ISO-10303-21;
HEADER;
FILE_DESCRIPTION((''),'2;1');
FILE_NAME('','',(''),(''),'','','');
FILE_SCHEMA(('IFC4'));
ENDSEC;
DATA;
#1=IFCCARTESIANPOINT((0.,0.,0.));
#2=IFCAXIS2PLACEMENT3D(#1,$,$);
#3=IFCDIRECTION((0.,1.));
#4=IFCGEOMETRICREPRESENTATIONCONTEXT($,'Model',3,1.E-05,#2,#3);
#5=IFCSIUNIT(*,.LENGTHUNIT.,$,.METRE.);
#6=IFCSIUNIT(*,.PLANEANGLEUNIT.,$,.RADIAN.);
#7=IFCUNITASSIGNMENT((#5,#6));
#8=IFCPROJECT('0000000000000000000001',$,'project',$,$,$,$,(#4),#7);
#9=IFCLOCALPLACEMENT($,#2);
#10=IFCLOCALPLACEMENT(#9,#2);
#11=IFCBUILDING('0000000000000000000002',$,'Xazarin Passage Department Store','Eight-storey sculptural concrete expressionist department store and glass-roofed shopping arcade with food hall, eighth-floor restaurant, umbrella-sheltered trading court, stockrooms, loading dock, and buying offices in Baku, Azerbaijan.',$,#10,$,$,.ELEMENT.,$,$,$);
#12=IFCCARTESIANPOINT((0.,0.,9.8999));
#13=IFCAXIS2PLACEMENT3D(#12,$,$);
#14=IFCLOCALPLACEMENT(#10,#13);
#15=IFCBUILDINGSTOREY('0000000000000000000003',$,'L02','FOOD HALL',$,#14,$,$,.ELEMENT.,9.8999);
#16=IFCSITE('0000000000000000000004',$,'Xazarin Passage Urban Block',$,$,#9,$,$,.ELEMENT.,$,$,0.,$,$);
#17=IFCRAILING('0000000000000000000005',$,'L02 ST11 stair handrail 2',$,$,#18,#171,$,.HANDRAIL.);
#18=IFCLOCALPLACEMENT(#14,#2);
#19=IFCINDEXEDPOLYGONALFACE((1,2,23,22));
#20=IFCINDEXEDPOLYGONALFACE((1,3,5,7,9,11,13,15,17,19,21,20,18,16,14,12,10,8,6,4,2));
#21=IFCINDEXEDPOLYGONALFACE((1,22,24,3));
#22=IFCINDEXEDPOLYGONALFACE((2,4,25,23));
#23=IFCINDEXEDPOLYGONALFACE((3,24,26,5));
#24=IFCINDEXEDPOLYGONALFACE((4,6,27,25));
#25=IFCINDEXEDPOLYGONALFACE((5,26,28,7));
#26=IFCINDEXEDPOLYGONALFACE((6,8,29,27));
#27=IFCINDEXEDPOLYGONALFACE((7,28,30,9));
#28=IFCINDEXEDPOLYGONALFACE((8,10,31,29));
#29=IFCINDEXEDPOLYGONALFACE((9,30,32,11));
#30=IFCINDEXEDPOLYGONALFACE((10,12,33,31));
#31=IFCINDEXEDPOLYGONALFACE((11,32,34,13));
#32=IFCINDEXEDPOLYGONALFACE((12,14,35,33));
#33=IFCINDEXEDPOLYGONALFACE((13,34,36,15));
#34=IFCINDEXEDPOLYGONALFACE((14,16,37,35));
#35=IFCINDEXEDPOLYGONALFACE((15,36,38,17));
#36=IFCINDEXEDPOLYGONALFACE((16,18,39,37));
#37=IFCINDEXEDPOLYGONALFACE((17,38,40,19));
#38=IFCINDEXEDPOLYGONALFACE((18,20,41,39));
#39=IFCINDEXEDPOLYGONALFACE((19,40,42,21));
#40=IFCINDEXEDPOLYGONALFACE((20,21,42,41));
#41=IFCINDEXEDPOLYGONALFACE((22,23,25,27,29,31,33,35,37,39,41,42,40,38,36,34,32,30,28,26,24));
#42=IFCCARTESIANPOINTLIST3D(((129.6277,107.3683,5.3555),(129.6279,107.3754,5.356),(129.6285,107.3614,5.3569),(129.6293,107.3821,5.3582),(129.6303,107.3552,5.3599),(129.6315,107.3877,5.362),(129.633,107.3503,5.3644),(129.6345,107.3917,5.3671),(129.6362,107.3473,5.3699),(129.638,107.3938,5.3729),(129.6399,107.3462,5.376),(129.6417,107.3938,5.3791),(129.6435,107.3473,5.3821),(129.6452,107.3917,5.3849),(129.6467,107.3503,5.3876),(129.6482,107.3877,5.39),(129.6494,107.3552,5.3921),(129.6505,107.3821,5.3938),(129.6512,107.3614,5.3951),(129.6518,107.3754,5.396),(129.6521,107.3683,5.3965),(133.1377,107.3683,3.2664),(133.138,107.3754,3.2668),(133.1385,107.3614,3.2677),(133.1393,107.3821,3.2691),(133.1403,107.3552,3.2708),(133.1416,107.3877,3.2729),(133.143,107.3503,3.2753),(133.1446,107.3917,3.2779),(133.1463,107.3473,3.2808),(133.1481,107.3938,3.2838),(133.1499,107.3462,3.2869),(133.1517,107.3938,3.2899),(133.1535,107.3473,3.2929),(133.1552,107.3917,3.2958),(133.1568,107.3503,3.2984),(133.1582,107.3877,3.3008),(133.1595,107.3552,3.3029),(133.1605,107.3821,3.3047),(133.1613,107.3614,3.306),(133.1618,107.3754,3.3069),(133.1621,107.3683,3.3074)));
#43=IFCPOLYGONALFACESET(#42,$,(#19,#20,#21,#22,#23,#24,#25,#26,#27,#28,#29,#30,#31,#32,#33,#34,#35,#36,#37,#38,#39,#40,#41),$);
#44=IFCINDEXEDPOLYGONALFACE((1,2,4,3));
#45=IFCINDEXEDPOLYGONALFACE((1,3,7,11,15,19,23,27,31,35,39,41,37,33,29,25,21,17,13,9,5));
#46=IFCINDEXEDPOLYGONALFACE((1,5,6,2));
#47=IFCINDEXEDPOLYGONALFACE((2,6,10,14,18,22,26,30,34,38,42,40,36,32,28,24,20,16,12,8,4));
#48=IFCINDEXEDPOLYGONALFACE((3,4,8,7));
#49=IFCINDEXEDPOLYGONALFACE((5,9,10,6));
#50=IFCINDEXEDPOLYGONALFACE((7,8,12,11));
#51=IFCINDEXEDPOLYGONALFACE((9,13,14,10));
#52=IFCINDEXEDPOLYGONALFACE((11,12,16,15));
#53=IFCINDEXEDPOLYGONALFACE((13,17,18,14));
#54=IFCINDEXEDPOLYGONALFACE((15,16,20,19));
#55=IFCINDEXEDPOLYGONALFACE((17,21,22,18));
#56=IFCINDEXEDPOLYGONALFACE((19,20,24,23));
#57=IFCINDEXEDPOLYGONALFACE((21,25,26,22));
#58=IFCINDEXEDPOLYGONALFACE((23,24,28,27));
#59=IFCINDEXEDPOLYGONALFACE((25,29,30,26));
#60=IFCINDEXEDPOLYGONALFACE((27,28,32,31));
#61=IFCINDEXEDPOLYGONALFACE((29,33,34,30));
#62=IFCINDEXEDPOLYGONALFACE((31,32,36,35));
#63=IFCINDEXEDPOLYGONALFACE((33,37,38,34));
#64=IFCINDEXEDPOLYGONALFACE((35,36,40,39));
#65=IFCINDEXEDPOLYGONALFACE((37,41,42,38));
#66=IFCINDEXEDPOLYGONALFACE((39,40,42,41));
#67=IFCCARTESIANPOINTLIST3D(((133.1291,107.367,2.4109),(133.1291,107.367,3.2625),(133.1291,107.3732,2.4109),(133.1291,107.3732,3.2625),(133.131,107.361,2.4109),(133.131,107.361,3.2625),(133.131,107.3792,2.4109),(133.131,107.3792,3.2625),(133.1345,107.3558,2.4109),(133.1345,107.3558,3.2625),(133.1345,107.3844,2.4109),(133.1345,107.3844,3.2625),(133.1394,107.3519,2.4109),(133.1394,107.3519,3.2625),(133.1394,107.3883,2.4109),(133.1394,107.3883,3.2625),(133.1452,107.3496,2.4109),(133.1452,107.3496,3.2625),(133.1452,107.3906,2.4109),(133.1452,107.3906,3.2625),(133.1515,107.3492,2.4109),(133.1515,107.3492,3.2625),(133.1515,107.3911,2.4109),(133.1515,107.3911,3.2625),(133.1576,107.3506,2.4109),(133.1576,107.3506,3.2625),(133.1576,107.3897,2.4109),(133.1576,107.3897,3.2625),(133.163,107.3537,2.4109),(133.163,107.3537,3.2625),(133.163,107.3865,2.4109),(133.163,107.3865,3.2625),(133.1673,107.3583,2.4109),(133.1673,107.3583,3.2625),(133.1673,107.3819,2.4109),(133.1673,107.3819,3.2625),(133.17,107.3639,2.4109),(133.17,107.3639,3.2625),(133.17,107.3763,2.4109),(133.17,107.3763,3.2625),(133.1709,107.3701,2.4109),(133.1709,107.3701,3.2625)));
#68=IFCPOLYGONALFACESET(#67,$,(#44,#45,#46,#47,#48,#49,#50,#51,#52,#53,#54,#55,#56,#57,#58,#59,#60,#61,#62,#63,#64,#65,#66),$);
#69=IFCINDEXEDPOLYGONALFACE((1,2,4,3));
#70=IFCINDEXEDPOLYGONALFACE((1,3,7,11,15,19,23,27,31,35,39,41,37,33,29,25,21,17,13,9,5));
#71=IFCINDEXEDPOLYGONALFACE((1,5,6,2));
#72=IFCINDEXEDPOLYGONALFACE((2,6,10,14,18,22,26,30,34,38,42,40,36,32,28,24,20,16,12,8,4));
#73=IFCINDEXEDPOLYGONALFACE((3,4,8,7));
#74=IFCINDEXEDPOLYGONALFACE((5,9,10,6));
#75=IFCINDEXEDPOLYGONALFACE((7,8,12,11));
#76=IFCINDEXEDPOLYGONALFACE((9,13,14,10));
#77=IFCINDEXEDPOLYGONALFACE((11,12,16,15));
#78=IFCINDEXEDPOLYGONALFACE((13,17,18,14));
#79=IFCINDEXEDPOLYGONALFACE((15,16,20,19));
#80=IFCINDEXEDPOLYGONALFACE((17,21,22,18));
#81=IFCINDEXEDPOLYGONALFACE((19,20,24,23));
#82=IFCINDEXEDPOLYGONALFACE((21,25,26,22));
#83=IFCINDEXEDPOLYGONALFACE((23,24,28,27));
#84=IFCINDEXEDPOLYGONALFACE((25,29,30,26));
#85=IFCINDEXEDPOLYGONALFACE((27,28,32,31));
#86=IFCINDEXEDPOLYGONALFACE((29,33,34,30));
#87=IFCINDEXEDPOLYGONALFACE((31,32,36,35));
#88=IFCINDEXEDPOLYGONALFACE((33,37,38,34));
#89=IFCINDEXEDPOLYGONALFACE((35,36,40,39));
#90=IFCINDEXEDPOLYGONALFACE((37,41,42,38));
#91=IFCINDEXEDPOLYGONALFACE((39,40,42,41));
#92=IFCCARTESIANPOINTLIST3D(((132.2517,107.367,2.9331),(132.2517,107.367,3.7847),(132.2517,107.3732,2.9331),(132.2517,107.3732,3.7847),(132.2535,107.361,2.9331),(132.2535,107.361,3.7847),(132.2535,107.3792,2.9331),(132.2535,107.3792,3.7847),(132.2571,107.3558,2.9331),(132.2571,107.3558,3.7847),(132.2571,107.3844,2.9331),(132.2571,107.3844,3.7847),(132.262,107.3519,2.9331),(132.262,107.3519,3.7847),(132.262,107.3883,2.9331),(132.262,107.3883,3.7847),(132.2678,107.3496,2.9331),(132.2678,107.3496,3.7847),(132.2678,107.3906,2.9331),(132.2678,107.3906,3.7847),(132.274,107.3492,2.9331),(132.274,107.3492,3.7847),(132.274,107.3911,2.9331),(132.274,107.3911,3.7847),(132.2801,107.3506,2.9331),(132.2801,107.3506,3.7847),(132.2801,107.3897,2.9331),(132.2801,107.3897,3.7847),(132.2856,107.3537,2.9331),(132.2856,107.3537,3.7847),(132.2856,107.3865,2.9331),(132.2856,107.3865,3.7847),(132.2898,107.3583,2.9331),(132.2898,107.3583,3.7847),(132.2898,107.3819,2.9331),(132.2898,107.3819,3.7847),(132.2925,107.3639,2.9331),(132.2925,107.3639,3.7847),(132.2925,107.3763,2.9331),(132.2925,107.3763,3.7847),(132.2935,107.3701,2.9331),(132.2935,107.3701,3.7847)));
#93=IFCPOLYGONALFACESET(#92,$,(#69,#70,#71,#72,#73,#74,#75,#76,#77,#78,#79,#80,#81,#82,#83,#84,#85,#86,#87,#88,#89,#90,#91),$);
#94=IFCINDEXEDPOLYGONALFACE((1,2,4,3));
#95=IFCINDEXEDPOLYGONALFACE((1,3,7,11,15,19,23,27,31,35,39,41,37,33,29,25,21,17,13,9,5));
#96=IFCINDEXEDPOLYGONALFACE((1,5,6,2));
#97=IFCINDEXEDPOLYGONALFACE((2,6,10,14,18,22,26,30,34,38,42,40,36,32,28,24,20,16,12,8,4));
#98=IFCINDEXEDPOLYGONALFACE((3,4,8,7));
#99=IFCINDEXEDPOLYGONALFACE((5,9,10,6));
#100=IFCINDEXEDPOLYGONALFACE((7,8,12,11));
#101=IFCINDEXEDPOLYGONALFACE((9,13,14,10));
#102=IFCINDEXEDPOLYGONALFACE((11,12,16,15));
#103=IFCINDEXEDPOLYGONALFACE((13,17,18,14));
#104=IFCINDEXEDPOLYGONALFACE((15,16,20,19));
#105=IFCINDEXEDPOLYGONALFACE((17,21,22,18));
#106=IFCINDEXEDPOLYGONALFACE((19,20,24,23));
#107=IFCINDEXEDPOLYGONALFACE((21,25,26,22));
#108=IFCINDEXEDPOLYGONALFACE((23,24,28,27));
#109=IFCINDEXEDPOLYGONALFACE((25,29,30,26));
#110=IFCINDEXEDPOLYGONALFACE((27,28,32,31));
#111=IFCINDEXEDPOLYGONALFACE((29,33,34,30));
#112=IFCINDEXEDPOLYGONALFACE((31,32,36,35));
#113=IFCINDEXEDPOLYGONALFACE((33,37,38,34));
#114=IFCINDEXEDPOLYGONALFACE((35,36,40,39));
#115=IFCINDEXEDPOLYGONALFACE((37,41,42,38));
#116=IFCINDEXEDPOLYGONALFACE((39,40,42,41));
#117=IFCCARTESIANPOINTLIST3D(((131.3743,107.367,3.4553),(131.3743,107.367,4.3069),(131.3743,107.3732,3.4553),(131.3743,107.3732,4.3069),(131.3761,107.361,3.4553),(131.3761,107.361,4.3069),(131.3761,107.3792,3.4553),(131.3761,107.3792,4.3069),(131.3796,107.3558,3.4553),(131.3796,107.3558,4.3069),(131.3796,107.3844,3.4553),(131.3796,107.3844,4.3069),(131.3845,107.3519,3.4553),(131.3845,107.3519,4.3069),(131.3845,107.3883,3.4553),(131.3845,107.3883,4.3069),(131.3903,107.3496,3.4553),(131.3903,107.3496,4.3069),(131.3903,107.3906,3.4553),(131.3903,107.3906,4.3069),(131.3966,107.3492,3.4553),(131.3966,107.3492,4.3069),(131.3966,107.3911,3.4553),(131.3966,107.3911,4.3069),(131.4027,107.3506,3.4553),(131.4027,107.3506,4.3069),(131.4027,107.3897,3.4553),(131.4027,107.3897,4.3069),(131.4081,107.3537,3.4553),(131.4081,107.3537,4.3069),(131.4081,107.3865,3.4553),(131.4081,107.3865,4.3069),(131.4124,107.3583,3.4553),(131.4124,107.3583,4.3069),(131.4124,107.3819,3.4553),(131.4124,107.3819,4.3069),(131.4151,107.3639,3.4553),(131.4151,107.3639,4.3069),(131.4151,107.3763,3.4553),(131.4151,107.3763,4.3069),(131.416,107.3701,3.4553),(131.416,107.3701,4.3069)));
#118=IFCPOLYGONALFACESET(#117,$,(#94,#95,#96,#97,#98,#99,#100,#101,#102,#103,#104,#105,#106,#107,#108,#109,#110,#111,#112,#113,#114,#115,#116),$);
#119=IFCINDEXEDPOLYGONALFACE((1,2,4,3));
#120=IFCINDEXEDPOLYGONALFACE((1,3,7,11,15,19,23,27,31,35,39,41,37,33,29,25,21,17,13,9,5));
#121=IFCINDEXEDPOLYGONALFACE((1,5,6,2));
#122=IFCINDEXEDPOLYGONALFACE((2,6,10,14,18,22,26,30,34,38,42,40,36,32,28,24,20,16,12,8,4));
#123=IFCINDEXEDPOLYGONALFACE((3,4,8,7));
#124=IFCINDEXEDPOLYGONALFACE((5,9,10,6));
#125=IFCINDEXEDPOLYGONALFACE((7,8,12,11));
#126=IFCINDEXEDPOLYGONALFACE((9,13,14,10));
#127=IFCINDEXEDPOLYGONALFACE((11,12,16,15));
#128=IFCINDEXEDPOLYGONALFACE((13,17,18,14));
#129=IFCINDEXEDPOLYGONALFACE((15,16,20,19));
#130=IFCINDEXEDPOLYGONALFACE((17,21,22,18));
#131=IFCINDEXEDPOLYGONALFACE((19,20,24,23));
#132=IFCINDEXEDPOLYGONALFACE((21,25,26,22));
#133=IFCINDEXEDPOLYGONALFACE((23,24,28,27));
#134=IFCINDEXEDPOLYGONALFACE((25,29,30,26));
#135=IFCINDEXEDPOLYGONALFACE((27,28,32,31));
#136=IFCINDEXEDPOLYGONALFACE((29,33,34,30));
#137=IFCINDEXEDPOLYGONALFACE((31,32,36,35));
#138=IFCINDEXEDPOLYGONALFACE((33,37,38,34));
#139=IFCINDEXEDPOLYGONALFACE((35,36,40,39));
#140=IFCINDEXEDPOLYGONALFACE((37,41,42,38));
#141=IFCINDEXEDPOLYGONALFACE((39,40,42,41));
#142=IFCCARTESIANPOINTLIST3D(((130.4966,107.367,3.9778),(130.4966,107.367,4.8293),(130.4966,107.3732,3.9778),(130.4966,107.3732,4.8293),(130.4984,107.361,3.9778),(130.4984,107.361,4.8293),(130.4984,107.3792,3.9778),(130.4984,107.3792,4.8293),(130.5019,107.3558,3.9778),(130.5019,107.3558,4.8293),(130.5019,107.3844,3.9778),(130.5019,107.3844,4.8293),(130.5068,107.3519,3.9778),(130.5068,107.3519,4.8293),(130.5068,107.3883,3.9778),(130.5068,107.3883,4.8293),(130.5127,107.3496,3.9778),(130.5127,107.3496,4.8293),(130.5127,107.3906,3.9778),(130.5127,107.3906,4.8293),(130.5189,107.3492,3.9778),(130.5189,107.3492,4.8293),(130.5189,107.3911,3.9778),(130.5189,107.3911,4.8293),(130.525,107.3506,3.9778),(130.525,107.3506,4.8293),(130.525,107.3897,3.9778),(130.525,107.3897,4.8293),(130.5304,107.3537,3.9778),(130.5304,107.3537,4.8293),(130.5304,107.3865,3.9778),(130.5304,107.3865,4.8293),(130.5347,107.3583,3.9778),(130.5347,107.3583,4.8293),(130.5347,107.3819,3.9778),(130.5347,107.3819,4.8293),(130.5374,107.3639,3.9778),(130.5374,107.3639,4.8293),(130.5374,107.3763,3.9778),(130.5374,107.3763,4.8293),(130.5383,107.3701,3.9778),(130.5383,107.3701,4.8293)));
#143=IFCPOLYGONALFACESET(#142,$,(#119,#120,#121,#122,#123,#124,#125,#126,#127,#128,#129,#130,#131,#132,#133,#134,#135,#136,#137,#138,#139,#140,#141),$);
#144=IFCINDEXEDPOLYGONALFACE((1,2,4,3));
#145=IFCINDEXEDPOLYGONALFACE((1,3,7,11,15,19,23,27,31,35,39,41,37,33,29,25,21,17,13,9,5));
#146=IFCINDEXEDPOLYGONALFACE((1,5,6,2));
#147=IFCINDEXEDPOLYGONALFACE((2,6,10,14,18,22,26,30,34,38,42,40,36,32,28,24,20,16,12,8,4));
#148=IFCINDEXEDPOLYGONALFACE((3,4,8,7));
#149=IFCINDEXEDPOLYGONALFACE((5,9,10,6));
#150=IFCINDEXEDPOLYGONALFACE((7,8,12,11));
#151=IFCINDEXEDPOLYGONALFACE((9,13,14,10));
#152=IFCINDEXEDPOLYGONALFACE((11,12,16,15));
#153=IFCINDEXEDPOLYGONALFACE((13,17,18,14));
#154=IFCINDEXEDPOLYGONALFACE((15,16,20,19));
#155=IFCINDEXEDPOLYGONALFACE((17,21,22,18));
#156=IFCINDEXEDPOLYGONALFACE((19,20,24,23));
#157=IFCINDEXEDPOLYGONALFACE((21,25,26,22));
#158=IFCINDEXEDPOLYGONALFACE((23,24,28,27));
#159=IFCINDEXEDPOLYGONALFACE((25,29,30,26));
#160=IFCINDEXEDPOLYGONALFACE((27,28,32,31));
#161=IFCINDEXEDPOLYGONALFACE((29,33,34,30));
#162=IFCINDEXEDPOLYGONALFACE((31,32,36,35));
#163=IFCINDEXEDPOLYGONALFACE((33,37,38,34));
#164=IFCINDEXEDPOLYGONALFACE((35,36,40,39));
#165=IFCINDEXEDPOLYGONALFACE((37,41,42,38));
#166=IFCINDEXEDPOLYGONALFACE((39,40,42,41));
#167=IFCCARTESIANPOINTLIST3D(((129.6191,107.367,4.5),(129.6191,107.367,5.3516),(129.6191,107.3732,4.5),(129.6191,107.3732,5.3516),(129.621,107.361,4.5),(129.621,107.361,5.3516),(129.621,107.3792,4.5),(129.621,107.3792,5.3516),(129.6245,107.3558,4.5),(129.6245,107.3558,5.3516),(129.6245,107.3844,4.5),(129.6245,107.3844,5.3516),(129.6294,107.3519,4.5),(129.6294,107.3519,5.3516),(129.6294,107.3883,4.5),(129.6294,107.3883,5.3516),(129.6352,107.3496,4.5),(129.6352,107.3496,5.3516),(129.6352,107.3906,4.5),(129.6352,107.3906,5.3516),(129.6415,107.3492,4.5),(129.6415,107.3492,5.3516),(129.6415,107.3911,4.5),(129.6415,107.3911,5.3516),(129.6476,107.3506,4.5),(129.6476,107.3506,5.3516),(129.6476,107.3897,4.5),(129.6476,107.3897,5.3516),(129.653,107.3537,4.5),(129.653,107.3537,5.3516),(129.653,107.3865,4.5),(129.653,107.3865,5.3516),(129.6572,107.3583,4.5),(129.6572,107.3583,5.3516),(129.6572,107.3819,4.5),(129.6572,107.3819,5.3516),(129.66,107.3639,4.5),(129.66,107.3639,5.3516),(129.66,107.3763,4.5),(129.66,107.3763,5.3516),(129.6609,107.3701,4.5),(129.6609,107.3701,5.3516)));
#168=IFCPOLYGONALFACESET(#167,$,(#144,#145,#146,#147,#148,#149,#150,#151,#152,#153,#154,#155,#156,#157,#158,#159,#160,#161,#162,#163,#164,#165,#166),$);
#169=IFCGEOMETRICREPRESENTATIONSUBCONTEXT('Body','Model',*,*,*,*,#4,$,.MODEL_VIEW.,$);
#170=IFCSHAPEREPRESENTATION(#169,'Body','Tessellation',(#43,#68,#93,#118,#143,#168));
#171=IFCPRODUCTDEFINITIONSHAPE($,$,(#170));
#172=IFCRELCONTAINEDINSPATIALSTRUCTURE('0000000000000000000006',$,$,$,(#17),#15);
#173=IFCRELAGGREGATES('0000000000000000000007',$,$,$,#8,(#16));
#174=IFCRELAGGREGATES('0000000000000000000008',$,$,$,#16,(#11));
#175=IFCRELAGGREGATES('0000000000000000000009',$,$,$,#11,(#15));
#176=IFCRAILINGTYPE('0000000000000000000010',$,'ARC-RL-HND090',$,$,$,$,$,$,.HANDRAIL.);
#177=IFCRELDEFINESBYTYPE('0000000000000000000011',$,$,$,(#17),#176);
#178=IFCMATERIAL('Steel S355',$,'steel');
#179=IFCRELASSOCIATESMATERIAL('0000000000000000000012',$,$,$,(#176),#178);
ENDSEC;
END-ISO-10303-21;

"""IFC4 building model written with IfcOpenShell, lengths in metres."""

from ifc_helpers import new_model, si_unit, direction, frame, origin, origin_2d, place, context, subcontext, project, spatial, circle, extrude, material, type_object, element, save


model = new_model("IFC4")

# Units and contexts
model_context = context("Model", 3, precision=1e-05, world=origin(), true_north=direction((0.0, 1.0)))
body_context = subcontext(model_context, "Body", "Model", "MODEL_VIEW")
ifc_project = project(units=[si_unit("LENGTHUNIT", "METRE"), si_unit("PLANEANGLEUNIT", "RADIAN")], contexts=[model_context])

# Site, building, storey
site_placement = place(None, origin())
site = spatial("IfcSite", under=ifc_project, at=site_placement, Name="Xazarin Passage Urban Block", CompositionType="ELEMENT", RefElevation=0.0)
building_placement = place(site_placement, origin())
building = spatial("IfcBuilding", under=site, at=building_placement, Name="Xazarin Passage Department Store", Description="Eight-storey sculptural concrete expressionist department store and glass-roofed shopping arcade with food hall, eighth-floor restaurant, umbrella-sheltered trading court, stockrooms, loading dock, and buying offices in Baku, Azerbaijan.", CompositionType="ELEMENT")
storey_placement = place(building_placement, frame((0.0, 0.0, 9.8999)))
storey = spatial("IfcBuildingStorey", under=building, at=storey_placement, Name="L02", Description="FOOD HALL", CompositionType="ELEMENT", Elevation=9.8999)

# Shared definitions
ifc_material_1 = material(Name="Steel S355", Category="steel")

# Railing
railing_type_1 = type_object("IfcRailingType", Name="ARC-RL-HND090", PredefinedType="HANDRAIL", material=ifc_material_1)
railing_1_placement = place(storey_placement, frame((133.1499, 107.3701, 2.4109)))
element("IfcRailing", 1, at=railing_1_placement, inside=storey, type_object=railing_type_1, Name="L02 ST11 stair handrail 2", PredefinedType="HANDRAIL", context=body_context, shape_type="SweptSolid", body=[
    extrude(circle(Radius=0.0239, at=origin_2d()), frame((0.0, 0.0, 0.876), z_axis=(-0.859312, 0.0, 0.511451), x_axis=(0.0, -1.0, 0.0)), (0.0, 0.0, 1.0), 4.0847),
    extrude(circle(Radius=0.021, at=origin_2d()), origin(), (0.0, 0.0, 1.0), 0.8516),
    extrude(circle(Radius=0.021, at=origin_2d()), frame((-0.8774, 0.0, 0.5222)), (0.0, 0.0, 1.0), 0.8516),
    extrude(circle(Radius=0.021, at=origin_2d()), frame((-1.7549, 0.0, 1.0444)), (0.0, 0.0, 1.0), 0.8516),
    extrude(circle(Radius=0.021, at=origin_2d()), frame((-2.6326, 0.0, 1.5669)), (0.0, 0.0, 1.0), 0.8516),
    extrude(circle(Radius=0.021, at=origin_2d()), frame((-3.51, 0.0, 2.0891)), (0.0, 0.0, 1.0), 0.8516),
])

save(model, "model.ifc")
